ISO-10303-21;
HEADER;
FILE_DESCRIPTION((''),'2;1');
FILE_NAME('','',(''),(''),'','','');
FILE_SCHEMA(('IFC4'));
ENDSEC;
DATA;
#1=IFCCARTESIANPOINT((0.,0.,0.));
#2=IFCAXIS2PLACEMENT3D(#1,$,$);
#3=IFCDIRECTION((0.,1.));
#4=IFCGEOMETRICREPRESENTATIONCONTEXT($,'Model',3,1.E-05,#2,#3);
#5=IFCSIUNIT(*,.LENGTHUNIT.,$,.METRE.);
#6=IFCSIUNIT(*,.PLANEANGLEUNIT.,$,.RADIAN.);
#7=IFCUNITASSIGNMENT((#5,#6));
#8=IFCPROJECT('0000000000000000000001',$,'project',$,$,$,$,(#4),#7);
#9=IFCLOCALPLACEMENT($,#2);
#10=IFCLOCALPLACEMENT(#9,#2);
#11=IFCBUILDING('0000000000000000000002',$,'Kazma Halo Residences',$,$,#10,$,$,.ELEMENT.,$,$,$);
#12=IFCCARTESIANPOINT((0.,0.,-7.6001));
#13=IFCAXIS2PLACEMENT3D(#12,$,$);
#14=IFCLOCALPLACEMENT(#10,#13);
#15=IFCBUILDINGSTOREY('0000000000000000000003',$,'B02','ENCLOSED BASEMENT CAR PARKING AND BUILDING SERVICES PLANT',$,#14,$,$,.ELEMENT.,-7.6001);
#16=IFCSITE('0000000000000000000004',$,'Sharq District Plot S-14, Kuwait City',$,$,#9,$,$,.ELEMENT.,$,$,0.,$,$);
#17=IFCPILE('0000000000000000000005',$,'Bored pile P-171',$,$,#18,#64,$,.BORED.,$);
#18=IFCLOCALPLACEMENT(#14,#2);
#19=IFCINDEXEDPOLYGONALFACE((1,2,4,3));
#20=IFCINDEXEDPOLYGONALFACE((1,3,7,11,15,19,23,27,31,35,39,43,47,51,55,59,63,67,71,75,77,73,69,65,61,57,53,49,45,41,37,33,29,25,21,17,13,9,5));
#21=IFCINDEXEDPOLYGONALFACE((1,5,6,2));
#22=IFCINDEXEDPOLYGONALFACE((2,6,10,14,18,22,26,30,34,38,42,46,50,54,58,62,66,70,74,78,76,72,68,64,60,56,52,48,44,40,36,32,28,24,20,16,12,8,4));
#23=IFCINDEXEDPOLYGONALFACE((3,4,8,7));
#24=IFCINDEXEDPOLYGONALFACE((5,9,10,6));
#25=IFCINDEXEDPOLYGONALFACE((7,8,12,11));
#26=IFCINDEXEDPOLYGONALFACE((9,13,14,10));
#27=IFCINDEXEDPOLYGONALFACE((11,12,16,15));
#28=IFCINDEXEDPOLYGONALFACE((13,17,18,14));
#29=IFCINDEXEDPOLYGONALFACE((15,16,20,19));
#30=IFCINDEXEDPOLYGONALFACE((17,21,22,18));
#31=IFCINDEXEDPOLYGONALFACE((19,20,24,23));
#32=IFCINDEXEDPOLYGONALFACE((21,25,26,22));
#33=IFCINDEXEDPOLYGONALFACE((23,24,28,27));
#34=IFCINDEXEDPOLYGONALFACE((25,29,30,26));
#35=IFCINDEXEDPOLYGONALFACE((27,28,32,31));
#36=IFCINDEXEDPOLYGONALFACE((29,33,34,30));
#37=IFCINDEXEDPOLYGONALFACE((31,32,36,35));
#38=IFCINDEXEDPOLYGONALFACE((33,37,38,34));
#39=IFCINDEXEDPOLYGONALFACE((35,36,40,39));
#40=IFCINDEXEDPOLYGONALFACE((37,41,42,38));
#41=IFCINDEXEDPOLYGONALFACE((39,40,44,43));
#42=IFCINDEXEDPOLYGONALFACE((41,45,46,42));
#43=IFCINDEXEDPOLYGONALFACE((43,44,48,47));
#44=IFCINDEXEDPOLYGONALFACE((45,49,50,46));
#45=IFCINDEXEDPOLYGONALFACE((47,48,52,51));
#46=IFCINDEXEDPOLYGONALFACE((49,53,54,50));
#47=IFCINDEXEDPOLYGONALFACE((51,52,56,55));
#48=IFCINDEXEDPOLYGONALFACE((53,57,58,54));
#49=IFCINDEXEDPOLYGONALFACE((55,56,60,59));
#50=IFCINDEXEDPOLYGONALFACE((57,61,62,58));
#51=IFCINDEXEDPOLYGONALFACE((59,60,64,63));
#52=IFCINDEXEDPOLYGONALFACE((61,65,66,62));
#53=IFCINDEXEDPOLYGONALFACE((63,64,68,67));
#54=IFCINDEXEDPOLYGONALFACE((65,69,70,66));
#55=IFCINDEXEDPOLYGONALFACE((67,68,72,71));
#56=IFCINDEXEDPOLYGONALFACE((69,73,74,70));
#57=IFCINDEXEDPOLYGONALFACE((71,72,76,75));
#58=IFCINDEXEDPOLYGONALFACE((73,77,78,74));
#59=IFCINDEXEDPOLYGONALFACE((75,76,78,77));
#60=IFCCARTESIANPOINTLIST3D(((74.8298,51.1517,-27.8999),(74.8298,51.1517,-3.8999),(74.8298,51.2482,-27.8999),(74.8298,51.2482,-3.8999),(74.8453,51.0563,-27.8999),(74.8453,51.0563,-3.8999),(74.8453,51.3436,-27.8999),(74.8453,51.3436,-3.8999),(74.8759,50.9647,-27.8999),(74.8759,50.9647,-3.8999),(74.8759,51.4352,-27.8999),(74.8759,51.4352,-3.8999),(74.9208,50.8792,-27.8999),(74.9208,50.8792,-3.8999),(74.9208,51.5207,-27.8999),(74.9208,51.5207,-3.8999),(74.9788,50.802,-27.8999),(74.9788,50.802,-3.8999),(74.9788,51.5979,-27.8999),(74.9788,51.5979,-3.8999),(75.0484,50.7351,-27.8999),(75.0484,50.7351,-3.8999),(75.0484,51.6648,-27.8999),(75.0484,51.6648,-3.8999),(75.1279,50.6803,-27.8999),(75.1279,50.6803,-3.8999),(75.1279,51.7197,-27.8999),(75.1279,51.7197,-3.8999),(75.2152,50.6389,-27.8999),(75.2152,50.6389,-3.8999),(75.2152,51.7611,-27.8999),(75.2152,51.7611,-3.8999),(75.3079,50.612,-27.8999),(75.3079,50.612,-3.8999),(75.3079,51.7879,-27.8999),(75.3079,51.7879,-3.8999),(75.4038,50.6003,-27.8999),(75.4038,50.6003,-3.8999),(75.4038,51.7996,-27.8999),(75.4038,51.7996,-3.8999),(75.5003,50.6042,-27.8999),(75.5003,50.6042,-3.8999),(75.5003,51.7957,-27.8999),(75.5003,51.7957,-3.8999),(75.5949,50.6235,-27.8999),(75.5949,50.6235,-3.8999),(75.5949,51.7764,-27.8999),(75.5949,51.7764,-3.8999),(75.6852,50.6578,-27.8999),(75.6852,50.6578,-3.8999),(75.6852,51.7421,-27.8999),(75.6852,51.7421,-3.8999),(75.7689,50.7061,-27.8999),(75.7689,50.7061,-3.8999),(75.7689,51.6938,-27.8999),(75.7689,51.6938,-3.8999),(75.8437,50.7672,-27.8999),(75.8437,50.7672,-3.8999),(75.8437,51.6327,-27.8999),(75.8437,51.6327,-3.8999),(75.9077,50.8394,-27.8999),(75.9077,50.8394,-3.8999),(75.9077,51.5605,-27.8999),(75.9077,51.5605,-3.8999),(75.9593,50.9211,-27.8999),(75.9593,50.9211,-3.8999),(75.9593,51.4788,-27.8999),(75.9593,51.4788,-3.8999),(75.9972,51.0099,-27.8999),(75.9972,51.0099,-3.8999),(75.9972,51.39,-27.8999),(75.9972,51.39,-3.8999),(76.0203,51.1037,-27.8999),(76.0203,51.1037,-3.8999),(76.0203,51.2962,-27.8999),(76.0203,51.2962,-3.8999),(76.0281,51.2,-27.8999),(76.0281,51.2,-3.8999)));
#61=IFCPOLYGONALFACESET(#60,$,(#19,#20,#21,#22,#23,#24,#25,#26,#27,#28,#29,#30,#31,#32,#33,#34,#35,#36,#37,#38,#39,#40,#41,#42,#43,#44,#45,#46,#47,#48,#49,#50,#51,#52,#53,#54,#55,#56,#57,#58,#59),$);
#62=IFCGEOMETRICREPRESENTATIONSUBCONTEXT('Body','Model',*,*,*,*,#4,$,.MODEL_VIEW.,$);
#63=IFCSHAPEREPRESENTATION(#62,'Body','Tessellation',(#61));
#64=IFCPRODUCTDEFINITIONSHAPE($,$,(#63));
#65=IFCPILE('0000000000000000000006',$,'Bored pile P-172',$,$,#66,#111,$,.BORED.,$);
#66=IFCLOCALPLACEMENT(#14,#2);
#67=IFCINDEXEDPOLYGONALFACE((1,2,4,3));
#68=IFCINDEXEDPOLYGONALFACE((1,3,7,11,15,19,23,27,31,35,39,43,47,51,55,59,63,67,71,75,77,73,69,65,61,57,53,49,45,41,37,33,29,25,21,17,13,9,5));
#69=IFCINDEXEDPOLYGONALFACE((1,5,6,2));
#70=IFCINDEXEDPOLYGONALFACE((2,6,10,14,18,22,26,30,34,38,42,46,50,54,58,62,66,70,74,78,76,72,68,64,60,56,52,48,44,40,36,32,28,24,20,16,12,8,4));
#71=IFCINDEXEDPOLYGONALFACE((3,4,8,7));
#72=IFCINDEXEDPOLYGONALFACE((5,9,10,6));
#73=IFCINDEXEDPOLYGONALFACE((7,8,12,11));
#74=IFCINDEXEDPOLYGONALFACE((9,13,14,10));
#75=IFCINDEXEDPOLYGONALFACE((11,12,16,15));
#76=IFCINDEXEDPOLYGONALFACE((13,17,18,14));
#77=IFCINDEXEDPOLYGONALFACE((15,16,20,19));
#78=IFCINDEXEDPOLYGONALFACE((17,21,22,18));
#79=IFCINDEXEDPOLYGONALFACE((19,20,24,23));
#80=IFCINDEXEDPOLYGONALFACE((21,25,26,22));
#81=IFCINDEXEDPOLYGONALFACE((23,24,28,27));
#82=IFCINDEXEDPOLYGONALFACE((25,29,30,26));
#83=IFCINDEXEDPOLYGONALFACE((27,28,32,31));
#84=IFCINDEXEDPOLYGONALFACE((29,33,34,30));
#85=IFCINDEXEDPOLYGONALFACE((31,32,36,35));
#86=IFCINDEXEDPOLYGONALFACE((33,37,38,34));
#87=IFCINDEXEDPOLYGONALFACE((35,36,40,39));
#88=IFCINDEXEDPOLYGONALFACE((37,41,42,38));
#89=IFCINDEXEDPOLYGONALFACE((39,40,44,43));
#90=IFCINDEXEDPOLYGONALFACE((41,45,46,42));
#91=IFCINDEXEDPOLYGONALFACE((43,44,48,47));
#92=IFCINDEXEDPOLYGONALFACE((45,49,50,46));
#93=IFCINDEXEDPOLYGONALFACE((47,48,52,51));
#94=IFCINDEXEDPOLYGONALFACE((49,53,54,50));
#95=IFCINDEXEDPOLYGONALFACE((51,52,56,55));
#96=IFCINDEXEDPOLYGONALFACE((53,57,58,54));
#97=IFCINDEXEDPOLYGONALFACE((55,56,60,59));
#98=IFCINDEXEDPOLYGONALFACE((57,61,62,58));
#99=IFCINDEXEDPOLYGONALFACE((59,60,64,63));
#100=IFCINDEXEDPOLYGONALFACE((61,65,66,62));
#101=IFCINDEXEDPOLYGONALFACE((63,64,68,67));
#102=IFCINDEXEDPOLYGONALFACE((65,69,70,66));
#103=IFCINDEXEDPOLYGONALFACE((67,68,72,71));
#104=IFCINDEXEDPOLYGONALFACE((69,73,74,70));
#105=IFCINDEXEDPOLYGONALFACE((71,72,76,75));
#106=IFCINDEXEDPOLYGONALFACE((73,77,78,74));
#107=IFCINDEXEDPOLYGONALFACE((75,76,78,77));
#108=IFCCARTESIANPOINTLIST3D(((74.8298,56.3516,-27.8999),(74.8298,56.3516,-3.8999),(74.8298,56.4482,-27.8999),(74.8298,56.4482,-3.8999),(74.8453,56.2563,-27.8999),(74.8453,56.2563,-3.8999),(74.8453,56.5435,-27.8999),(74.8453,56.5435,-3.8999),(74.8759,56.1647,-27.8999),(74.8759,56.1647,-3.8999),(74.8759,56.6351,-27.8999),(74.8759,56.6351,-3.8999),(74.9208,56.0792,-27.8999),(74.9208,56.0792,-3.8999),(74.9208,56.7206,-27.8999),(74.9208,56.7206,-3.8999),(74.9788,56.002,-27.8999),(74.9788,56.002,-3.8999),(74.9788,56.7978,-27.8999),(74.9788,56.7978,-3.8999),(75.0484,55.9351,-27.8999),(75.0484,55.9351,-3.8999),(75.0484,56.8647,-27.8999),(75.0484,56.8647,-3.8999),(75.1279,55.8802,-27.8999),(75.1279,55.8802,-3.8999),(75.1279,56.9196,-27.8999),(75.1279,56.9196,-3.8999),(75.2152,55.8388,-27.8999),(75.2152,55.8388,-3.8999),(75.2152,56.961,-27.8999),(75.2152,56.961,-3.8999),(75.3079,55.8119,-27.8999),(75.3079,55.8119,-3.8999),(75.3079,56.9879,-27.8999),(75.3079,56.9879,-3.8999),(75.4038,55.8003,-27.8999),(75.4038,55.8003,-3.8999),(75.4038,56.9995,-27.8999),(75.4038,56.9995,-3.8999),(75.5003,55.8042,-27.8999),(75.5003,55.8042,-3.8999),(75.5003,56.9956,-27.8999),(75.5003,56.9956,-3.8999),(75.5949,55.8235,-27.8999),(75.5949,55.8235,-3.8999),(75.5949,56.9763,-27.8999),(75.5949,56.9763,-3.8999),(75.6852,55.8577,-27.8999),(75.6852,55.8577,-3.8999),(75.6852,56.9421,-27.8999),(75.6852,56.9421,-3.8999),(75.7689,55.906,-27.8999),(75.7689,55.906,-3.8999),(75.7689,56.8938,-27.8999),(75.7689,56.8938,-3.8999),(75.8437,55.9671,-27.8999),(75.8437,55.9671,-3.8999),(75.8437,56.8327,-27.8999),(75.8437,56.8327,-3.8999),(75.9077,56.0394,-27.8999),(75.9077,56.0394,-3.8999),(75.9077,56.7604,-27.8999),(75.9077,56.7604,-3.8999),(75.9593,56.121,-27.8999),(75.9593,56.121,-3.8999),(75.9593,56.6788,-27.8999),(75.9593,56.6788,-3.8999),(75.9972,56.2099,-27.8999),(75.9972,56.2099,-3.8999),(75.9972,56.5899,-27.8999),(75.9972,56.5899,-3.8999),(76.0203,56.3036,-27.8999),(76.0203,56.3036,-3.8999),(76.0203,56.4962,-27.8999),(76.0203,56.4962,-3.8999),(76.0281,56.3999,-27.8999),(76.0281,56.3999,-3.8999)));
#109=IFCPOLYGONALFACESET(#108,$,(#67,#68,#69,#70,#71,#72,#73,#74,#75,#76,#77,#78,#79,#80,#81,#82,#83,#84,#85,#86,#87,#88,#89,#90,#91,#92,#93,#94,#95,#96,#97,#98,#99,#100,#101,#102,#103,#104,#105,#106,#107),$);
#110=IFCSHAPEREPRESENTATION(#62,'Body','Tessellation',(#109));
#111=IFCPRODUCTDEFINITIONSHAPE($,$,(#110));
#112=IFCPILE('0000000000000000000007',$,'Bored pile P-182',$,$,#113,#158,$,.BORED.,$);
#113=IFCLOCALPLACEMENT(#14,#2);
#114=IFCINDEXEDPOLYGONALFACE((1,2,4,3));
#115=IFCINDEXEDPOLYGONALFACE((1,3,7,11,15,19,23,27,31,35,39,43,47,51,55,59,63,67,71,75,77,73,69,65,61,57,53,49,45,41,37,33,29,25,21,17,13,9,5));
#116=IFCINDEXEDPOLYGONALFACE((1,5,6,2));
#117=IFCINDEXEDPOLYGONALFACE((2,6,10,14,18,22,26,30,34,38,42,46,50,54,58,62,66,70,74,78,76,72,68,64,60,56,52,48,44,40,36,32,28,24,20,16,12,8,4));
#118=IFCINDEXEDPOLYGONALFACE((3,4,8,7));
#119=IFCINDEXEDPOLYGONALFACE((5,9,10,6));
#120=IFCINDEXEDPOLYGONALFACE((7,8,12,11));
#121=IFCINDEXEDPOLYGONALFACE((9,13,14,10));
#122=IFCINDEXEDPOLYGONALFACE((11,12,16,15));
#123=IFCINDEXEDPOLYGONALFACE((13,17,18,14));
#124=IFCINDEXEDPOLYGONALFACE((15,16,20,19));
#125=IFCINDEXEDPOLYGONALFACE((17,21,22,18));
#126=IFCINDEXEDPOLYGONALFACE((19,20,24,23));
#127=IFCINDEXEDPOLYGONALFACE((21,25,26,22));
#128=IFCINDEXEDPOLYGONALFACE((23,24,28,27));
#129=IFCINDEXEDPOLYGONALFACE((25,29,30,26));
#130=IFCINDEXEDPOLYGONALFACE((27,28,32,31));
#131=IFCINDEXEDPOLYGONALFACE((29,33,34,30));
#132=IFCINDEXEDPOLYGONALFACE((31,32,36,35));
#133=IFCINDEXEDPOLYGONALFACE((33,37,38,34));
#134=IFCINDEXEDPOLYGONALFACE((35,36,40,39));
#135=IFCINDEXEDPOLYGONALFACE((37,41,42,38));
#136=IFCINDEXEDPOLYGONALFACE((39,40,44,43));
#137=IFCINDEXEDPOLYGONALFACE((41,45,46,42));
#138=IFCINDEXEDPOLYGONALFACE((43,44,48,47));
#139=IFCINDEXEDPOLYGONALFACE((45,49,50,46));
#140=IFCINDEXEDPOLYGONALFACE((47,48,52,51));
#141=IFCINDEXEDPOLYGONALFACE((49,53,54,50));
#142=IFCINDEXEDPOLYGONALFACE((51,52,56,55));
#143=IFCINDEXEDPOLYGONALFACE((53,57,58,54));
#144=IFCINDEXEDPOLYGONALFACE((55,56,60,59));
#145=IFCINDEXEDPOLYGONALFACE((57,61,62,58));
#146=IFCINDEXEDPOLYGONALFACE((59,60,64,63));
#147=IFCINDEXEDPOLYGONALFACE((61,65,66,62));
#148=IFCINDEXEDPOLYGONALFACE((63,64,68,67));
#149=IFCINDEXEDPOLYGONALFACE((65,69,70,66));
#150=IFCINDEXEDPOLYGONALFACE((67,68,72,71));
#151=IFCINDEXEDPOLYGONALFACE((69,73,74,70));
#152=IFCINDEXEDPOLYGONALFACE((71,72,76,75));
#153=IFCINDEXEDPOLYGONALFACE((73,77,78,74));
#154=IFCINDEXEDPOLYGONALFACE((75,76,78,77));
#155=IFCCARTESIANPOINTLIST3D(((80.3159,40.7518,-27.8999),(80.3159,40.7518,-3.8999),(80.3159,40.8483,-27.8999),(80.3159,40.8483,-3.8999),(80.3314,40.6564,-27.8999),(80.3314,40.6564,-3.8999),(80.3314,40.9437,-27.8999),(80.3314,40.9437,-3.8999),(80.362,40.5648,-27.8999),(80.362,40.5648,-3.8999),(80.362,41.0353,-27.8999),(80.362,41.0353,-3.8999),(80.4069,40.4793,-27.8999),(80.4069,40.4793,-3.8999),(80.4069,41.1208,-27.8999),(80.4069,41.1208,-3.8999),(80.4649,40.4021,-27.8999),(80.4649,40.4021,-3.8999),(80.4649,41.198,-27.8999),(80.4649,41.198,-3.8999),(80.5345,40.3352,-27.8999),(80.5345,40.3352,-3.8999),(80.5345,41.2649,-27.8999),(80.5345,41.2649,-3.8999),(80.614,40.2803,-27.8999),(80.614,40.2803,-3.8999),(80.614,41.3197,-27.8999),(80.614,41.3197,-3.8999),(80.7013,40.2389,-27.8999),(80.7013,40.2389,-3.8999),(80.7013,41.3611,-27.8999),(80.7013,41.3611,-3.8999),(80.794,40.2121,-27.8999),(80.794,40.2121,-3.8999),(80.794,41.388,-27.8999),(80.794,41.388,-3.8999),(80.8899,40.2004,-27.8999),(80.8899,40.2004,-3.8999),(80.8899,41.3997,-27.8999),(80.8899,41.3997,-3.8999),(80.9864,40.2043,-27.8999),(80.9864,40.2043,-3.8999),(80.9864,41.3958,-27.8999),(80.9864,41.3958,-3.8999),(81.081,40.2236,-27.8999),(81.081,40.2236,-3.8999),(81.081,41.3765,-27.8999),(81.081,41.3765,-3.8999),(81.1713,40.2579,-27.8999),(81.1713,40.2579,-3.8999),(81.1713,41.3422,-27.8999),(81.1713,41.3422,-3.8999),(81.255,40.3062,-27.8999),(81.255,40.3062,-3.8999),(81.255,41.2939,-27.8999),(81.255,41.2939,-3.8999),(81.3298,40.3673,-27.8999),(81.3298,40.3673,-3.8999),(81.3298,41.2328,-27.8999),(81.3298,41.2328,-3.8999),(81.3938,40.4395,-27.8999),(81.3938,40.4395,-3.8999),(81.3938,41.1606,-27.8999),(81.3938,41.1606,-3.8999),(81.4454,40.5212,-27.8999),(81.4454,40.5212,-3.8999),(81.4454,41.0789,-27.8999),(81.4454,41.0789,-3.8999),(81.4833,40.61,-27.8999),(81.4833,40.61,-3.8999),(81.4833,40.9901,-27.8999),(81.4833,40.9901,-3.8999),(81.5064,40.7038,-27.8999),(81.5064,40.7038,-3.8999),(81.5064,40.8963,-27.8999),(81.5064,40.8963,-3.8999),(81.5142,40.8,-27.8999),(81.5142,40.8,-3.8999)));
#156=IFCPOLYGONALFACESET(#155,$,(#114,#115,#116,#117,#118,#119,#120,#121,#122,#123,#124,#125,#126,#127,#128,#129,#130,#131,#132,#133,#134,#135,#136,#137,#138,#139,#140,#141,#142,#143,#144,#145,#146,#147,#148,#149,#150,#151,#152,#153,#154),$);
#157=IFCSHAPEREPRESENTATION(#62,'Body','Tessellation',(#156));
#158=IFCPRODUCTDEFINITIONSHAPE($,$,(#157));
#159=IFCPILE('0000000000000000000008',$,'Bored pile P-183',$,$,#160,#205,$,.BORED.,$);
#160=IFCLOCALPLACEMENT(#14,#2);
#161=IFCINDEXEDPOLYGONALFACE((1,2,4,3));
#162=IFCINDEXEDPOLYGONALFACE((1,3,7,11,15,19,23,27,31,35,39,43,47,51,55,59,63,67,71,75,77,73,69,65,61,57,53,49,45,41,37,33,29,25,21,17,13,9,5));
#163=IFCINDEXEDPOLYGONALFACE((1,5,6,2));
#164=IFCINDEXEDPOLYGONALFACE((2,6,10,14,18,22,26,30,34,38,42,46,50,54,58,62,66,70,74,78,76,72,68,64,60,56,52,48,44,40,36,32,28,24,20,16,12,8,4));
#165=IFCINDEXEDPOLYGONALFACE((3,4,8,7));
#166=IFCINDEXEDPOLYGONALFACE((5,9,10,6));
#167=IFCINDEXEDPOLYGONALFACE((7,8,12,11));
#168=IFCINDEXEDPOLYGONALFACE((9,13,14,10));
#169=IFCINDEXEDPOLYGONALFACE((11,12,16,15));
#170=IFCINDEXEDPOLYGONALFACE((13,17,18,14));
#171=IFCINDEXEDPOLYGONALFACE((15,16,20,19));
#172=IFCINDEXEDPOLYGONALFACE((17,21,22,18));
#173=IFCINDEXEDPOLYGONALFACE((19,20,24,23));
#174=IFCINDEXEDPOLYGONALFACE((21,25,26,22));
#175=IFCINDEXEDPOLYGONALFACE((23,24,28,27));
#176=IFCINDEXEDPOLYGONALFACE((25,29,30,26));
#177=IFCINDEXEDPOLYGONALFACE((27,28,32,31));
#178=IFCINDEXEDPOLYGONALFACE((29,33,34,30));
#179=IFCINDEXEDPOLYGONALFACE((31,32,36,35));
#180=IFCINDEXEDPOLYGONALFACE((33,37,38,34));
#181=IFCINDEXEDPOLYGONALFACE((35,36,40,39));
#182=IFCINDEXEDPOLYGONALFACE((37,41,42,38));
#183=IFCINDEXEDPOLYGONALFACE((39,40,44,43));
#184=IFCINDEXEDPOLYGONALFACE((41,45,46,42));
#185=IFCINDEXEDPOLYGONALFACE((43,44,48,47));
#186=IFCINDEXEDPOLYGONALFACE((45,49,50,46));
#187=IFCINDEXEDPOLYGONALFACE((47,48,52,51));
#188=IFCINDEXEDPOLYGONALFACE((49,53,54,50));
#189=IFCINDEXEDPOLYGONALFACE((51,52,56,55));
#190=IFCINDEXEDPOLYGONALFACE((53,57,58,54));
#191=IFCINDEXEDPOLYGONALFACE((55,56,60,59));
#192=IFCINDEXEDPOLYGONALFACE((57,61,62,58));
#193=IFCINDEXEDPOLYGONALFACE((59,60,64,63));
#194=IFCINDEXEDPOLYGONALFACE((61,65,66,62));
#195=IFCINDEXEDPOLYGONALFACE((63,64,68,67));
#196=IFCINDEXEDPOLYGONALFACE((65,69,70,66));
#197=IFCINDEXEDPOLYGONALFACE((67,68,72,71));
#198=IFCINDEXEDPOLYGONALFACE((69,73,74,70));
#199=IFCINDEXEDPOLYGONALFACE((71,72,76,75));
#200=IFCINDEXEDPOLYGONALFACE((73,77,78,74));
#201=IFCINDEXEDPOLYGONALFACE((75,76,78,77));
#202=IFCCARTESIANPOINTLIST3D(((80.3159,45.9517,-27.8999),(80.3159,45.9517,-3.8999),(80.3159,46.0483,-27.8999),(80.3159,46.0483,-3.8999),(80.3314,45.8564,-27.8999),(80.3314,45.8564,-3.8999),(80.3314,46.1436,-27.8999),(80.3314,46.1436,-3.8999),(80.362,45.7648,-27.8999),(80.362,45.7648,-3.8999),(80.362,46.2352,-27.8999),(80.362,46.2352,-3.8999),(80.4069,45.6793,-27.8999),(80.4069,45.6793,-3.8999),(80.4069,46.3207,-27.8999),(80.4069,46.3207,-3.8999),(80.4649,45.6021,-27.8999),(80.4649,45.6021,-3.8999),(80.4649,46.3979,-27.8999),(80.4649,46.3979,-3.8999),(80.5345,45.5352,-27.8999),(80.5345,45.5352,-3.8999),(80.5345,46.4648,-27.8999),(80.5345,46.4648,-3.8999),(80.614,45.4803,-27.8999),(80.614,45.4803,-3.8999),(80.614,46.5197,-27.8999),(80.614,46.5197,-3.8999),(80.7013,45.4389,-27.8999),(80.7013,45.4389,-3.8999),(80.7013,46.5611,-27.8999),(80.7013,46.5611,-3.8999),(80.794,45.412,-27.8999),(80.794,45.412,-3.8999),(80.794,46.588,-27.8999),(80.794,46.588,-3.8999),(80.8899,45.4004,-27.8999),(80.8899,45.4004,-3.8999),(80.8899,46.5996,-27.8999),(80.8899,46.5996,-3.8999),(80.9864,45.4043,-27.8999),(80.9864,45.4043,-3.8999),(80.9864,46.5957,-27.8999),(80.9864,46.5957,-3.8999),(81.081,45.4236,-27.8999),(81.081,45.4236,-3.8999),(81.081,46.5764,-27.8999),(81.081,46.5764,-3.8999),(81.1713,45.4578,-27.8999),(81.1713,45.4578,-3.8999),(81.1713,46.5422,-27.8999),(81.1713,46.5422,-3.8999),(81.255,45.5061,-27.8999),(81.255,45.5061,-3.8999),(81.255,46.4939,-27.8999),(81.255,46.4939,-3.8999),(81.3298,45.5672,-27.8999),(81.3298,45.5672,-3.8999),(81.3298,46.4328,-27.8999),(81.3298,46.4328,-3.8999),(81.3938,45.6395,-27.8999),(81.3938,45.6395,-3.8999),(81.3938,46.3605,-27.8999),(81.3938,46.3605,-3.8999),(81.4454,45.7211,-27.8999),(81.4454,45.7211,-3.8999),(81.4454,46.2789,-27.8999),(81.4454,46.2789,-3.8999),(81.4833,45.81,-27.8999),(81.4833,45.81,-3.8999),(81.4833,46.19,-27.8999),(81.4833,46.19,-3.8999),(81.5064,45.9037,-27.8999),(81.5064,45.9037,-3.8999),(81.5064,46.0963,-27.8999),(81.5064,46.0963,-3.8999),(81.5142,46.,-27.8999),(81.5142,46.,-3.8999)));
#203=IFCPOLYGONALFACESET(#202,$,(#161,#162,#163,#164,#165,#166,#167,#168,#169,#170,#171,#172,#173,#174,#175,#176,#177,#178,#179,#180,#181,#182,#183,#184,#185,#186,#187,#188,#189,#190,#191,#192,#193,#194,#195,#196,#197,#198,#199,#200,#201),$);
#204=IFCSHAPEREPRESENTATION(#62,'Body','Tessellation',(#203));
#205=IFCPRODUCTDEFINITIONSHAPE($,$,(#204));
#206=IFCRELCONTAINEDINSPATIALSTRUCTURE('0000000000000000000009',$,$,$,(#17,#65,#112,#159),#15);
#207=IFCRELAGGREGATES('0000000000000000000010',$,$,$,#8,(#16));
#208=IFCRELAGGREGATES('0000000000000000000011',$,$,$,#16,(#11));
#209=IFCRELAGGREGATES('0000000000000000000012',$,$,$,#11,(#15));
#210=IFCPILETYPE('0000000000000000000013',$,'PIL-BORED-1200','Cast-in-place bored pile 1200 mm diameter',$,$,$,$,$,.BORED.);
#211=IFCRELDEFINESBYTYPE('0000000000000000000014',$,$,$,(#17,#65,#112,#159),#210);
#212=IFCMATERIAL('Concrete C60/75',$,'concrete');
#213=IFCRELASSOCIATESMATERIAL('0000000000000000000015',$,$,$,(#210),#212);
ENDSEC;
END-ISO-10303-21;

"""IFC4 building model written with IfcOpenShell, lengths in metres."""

from ifc_helpers import new_model, si_unit, direction, frame, origin, origin_2d, place, context, subcontext, project, spatial, circle, extrude, material, material_profile, profile_set, type_object, element, save


model = new_model("IFC4")

# Units and contexts
model_context = context("Model", 3, precision=1e-05, world=origin(), true_north=direction((0.0, 1.0)))
body_context = subcontext(model_context, "Body", "Model", "MODEL_VIEW")
ifc_project = project(units=[si_unit("LENGTHUNIT", "METRE"), si_unit("PLANEANGLEUNIT", "RADIAN")], contexts=[model_context])

# Site, building, storey
site_placement = place(None, origin())
site = spatial("IfcSite", under=ifc_project, at=site_placement, Name="Sharq District Plot S-14, Kuwait City", CompositionType="ELEMENT", RefElevation=0.0)
building_placement = place(site_placement, origin())
building = spatial("IfcBuilding", under=site, at=building_placement, Name="Kazma Halo Residences", CompositionType="ELEMENT")
storey_placement = place(building_placement, frame((0.0, 0.0, -7.6001)))
storey = spatial("IfcBuildingStorey", under=building, at=storey_placement, Name="B02", Description="ENCLOSED BASEMENT CAR PARKING AND BUILDING SERVICES PLANT", CompositionType="ELEMENT", Elevation=-7.6001)

# Piles
ifc_material_1 = material(Name="Concrete C60/75", Category="concrete")
ifc_material_profile_1 = material_profile(ifc_material_1, circle(Radius=0.6001, at=origin_2d()), Name="CIRC1200")
ifc_profile_set_1 = profile_set([ifc_material_profile_1], Name="Concrete C60/75")
pile_type = type_object("IfcPileType", Name="PIL-BORED-1200", Description="Cast-in-place bored pile 1200 mm diameter", PredefinedType="BORED", material=ifc_profile_set_1)
for number, where, z_axis, x_axis, name in (
    (1, (75.428, 51.2, -3.8999), (0.0, 0.0, -1.0), (1.0, 0.0, 0.0), "Bored pile P-171"),
    (2, (75.428, 56.3999, -3.8999), (0.0, 0.0, -1.0), (1.0, 0.0, 0.0), "Bored pile P-172"),
    (3, (80.9141, 40.8, -3.8999), (0.0, 0.0, -1.0), (1.0, 0.0, 0.0), "Bored pile P-182"),
    (4, (80.9141, 46.0, -3.8999), (0.0, 0.0, -1.0), (1.0, 0.0, 0.0), "Bored pile P-183"),
):
    element("IfcPile", number, at=place(storey_placement, frame(where, z_axis=z_axis, x_axis=x_axis)), inside=storey, type_object=pile_type, Name=name, PredefinedType="BORED", context=body_context, shape_type="SweptSolid", body=[
        extrude(circle(Radius=0.6001, at=origin_2d()), origin(), (0.0, 0.0, 1.0), 24.0),
    ])

save(model, "model.ifc")
